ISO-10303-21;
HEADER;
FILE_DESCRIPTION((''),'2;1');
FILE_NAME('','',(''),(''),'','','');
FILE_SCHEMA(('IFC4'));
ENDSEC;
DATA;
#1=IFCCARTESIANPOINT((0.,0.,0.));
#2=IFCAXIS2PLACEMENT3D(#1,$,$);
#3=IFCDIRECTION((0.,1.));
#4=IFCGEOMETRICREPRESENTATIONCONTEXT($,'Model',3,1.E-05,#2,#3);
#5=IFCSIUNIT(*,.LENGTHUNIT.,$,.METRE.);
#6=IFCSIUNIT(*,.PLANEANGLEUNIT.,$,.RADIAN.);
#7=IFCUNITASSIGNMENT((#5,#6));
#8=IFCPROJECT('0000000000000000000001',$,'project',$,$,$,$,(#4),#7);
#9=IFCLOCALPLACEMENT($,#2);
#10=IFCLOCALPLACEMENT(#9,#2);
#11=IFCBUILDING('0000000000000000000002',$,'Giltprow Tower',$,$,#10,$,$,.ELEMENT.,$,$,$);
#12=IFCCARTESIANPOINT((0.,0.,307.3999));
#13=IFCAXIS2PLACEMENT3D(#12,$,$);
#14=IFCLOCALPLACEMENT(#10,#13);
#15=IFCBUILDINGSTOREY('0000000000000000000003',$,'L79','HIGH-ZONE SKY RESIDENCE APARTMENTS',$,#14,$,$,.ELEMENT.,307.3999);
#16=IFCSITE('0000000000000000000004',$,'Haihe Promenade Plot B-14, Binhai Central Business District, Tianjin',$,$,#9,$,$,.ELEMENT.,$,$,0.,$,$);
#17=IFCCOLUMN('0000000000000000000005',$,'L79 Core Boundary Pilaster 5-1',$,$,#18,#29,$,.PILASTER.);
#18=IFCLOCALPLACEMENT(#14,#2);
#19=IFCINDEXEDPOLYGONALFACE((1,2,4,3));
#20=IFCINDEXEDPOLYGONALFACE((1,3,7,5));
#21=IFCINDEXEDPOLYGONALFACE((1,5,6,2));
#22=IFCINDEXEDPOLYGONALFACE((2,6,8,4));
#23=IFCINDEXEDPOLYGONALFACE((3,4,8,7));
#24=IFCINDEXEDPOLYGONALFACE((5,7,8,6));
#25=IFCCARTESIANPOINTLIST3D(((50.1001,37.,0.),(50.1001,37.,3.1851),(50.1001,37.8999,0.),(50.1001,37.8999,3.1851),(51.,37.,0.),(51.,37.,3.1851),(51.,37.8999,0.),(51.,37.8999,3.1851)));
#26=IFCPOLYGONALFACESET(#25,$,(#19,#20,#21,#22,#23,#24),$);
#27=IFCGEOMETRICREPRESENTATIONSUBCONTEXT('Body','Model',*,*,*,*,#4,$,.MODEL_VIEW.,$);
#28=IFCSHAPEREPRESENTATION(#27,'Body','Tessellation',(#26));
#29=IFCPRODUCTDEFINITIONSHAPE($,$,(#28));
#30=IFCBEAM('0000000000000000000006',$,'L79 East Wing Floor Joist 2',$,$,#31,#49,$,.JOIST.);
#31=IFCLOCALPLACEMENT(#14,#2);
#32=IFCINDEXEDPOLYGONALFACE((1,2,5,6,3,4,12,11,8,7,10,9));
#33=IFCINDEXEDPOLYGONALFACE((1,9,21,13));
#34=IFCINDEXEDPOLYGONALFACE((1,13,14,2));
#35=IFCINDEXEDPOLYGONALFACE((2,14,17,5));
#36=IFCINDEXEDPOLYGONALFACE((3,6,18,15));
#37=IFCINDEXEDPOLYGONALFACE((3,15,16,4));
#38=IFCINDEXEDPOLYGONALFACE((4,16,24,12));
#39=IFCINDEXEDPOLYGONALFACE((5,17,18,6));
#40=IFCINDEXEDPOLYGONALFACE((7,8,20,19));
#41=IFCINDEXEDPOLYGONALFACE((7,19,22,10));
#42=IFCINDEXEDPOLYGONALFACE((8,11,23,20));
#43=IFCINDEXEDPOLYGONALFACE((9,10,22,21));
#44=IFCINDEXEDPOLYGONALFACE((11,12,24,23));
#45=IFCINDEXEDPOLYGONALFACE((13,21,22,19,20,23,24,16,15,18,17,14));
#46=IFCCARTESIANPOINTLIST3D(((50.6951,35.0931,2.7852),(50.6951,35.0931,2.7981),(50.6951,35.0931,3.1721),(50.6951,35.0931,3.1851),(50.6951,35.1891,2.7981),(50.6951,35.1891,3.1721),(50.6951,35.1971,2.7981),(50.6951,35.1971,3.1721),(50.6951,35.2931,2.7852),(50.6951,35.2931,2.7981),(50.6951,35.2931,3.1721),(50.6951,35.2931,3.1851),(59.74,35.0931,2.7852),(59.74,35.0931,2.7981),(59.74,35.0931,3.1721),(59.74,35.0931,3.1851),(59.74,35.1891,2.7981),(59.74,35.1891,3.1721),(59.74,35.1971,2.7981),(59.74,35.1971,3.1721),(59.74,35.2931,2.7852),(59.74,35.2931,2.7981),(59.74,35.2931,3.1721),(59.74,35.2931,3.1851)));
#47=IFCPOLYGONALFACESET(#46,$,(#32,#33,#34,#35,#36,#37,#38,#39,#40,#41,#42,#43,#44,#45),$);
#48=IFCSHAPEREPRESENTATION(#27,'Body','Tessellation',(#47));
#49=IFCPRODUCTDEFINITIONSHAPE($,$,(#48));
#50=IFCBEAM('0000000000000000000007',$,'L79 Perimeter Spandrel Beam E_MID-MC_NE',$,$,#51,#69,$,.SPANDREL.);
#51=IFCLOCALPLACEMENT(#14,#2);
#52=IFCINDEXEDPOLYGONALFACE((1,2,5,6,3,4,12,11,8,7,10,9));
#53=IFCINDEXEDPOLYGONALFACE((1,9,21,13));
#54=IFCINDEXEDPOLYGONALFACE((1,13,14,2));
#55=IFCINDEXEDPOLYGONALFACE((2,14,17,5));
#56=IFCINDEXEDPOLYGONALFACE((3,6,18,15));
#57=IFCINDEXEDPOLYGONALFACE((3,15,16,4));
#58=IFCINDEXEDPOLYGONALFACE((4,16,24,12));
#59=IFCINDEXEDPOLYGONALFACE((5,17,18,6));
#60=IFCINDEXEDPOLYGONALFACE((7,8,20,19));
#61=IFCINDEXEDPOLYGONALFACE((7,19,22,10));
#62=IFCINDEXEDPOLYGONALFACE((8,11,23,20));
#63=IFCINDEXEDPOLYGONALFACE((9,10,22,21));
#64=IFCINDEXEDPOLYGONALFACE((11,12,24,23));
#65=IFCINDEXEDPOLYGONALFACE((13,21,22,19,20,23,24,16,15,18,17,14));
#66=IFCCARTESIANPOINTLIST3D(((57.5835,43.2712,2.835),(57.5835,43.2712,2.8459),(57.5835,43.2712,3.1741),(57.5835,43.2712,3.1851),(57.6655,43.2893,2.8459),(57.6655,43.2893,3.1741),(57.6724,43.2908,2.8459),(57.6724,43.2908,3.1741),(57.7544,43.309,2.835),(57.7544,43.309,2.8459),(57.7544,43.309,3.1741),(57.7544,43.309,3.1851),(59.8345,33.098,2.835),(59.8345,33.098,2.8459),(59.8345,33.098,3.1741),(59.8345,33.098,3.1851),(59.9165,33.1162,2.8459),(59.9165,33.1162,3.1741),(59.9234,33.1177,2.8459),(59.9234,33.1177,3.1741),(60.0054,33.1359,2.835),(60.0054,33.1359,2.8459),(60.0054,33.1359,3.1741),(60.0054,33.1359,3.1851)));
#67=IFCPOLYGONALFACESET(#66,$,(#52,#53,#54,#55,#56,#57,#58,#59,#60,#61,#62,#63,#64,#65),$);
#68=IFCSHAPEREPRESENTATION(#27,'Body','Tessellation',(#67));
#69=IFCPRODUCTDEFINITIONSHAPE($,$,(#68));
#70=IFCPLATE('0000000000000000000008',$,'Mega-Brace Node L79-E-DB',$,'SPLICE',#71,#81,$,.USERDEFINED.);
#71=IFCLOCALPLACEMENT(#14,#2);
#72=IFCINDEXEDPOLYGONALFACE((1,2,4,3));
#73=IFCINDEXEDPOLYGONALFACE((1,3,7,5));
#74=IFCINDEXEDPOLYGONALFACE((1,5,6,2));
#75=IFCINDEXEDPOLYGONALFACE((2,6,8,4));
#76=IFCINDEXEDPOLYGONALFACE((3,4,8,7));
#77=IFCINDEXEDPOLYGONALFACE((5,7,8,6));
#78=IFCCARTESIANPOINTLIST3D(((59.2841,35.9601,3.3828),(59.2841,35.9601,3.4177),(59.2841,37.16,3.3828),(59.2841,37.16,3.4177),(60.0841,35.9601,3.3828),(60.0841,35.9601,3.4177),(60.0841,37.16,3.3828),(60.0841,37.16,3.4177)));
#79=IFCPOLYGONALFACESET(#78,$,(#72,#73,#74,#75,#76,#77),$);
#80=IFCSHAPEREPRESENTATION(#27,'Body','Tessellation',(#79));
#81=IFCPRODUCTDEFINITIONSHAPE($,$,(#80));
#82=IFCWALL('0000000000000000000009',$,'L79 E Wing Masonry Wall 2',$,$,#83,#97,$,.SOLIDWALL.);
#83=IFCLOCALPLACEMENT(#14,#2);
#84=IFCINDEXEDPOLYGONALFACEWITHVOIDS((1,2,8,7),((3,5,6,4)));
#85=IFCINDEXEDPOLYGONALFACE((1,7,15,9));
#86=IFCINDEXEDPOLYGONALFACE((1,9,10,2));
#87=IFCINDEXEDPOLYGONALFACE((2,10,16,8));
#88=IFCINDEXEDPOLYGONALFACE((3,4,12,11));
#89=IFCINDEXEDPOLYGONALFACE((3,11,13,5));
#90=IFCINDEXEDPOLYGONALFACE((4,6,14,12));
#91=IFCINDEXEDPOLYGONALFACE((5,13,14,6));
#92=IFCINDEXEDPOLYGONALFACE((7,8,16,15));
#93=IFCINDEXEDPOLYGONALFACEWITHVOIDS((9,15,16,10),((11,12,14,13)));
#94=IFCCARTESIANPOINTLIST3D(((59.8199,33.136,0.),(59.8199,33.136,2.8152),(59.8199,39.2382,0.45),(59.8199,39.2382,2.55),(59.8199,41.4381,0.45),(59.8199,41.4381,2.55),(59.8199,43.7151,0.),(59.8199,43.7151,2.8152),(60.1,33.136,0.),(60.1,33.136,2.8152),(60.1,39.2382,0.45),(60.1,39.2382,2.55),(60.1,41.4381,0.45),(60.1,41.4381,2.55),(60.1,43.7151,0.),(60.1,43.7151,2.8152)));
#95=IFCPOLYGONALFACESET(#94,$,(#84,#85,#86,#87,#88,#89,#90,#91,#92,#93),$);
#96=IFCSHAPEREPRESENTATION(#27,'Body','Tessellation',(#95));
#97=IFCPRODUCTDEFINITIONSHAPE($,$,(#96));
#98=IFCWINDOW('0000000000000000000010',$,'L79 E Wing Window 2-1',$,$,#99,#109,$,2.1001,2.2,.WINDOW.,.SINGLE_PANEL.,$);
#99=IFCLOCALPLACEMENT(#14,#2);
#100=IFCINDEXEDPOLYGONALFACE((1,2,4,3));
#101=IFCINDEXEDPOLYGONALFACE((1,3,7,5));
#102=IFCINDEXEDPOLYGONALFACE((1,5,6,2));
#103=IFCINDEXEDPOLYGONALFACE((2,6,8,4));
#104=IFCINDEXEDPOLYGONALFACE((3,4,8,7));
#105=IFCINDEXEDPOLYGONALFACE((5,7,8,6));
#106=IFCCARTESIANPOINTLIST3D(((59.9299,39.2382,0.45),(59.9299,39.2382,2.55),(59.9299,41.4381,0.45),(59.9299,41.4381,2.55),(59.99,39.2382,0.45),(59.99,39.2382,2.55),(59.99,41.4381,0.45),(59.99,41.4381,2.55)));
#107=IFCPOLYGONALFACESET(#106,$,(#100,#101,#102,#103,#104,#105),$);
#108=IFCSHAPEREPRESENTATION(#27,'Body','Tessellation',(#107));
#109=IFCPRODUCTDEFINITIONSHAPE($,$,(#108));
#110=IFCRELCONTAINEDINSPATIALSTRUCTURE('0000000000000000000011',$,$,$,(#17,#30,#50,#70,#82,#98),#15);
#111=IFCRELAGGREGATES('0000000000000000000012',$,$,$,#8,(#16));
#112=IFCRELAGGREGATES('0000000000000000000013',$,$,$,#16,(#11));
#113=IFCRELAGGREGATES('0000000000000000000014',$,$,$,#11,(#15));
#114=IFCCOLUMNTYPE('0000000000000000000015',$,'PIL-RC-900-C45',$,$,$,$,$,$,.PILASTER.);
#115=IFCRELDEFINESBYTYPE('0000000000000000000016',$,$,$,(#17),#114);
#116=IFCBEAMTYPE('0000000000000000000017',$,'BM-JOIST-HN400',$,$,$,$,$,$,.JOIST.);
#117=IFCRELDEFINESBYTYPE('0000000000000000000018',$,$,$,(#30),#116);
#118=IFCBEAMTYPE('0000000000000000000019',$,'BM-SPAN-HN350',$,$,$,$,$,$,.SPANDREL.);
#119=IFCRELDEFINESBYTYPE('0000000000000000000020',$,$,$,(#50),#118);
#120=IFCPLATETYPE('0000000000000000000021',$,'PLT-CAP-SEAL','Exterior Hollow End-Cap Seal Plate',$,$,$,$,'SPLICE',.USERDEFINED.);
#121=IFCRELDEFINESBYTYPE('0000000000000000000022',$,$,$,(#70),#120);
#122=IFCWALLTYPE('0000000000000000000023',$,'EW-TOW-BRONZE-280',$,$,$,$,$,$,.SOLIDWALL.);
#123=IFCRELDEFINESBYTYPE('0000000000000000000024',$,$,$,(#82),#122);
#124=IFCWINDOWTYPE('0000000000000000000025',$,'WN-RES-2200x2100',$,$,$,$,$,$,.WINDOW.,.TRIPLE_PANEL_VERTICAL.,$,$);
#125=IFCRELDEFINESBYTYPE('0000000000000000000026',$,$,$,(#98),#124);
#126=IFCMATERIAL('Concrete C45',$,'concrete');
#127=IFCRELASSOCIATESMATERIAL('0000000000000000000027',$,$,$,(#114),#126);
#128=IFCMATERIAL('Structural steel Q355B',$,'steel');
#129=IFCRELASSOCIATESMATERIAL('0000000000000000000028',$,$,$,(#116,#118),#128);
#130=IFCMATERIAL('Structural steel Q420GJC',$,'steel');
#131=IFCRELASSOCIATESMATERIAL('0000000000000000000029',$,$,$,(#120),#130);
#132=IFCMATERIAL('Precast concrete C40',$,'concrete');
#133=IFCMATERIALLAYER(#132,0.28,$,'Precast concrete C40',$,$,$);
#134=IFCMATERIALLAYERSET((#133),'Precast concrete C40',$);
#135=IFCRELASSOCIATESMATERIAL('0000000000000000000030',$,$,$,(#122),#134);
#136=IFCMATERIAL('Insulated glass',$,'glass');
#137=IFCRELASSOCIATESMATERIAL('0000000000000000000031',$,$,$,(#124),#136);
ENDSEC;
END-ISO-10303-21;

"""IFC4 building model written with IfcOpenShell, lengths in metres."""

from ifc_helpers import new_model, si_unit, direction, frame, frame_2d, origin, origin_2d, place, context, subcontext, project, spatial, rectangle, i_section, extrude, source, transform, mapped, material, layer, layer_set, material_profile, profile_set, type_object, element, fill, save


model = new_model("IFC4")

# Units and contexts
model_context = context("Model", 3, precision=1e-05, world=origin(), true_north=direction((0.0, 1.0)))
body_context = subcontext(model_context, "Body", "Model", "MODEL_VIEW")
ifc_project = project(units=[si_unit("LENGTHUNIT", "METRE"), si_unit("PLANEANGLEUNIT", "RADIAN")], contexts=[model_context])

# Site, building, storey
site_placement = place(None, origin())
site = spatial("IfcSite", under=ifc_project, at=site_placement, Name="Haihe Promenade Plot B-14, Binhai Central Business District, Tianjin", CompositionType="ELEMENT", RefElevation=0.0)
building_placement = place(site_placement, origin())
building = spatial("IfcBuilding", under=site, at=building_placement, Name="Giltprow Tower", CompositionType="ELEMENT")
storey_placement = place(building_placement, frame((0.0, 0.0, 307.3999)))
storey = spatial("IfcBuildingStorey", under=building, at=storey_placement, Name="L79", Description="HIGH-ZONE SKY RESIDENCE APARTMENTS", CompositionType="ELEMENT", Elevation=307.3999)

# Column
ifc_material_1 = material(Name="Concrete C45", Category="concrete")
ifc_material_profile_1 = material_profile(ifc_material_1, rectangle(XDim=0.8999, YDim=0.8999, at=origin_2d()), Name="RC 900x900")
ifc_profile_set_1 = profile_set([ifc_material_profile_1], Name="Concrete C45")
column_type = type_object("IfcColumnType", Name="PIL-RC-900-C45", PredefinedType="PILASTER", material=ifc_profile_set_1)
shared_shape_1 = source(origin(), body_context, "Body", "SweptSolid", [
    extrude(rectangle(XDim=0.8999, YDim=0.8999, at=origin_2d()), origin(), (0.0, 0.0, 1.0), 3.1851),
])
column_placement = place(storey_placement, frame((50.55, 37.45, 0.0), z_axis=(0.0, 0.0, 1.0), x_axis=(1.0, 0.0, 0.0)))
element("IfcColumn", 1, at=column_placement, inside=storey, type_object=column_type, Name="L79 Core Boundary Pilaster 5-1", PredefinedType="PILASTER", context=body_context, shape_type="MappedRepresentation", body=[
    mapped(shared_shape_1, transform((0.0, 0.0, 0.0), x_axis=(1.0, 0.0, 0.0), y_axis=(0.0, 1.0, 0.0), z_axis=(0.0, 0.0, 1.0), scale=1.0)),
])

# Beams
ifc_material_2 = material(Name="Structural steel Q355B", Category="steel")
ifc_material_profile_2 = material_profile(ifc_material_2, i_section(OverallWidth=0.2, OverallDepth=0.3999, WebThickness=0.0081, FlangeThickness=0.0129, at=origin_2d()), Name="HN 400x200x8x13")
ifc_profile_set_2 = profile_set([ifc_material_profile_2], Name="Structural steel Q355B")
beam_type_1 = type_object("IfcBeamType", Name="BM-JOIST-HN400", PredefinedType="JOIST", material=ifc_profile_set_2)
shared_shape_2 = source(origin(), body_context, "Body", "SweptSolid", [
    extrude(i_section(OverallWidth=0.2, OverallDepth=0.3999, WebThickness=0.0081, FlangeThickness=0.0129, at=origin_2d()), origin(), (0.0, 0.0, 1.0), 9.0449),
])
beam_1_placement = place(storey_placement, frame((50.6951, 35.1931, 2.9851), z_axis=(1.0, 0.0, 0.0), x_axis=(0.0, 1.0, 0.0)))
element("IfcBeam", 2, at=beam_1_placement, inside=storey, type_object=beam_type_1, Name="L79 East Wing Floor Joist 2", PredefinedType="JOIST", context=body_context, shape_type="MappedRepresentation", body=[
    mapped(shared_shape_2, transform((0.0, 0.0, 0.0), x_axis=(1.0, 0.0, 0.0), y_axis=(0.0, 1.0, 0.0), z_axis=(0.0, 0.0, 1.0), scale=1.0)),
])
ifc_material_profile_3 = material_profile(ifc_material_2, i_section(OverallWidth=0.175, OverallDepth=0.3501, WebThickness=0.0071, FlangeThickness=0.011, at=origin_2d()), Name="HN 350x175x7x11")
ifc_profile_set_3 = profile_set([ifc_material_profile_3], Name="Structural steel Q355B")
beam_type_2 = type_object("IfcBeamType", Name="BM-SPAN-HN350", PredefinedType="SPANDREL", material=ifc_profile_set_3)
shared_shape_3 = source(origin(), body_context, "Body", "SweptSolid", [
    extrude(i_section(OverallWidth=0.175, OverallDepth=0.3501, WebThickness=0.0071, FlangeThickness=0.011, at=origin_2d()), origin(), (0.0, 0.0, 1.0), 10.4192),
])
beam_2_placement = place(storey_placement, frame((59.9199, 33.1169, 3.01), z_axis=(-0.216042, 0.976384, 0.0), x_axis=(-0.976384, -0.216042, 0.0)))
element("IfcBeam", 3, at=beam_2_placement, inside=storey, type_object=beam_type_2, Name="L79 Perimeter Spandrel Beam E_MID-MC_NE", PredefinedType="SPANDREL", context=body_context, shape_type="MappedRepresentation", body=[
    mapped(shared_shape_3, transform((0.0, 0.0, 0.0), x_axis=(1.0, 0.0, 0.0), y_axis=(0.0, 1.0, 0.0), z_axis=(0.0, 0.0, 1.0), scale=1.0)),
])

# Plate
ifc_material_3 = material(Name="Structural steel Q420GJC", Category="steel")
plate_type = type_object("IfcPlateType", Name="PLT-CAP-SEAL", Description="Exterior Hollow End-Cap Seal Plate", ElementType="SPLICE", PredefinedType="USERDEFINED", material=ifc_material_3)
shared_shape_4 = source(origin(), body_context, "Body", "SweptSolid", [
    extrude(rectangle(XDim=1.2, YDim=0.8, at=origin_2d()), origin(), (0.0, 0.0, 1.0), 0.0349),
])
plate_placement = place(storey_placement, frame((59.6841, 36.5601, 3.3828), z_axis=(0.0, 0.0, 1.0), x_axis=(0.0, 1.0, 0.0)))
element("IfcPlate", 4, at=plate_placement, inside=storey, type_object=plate_type, Name="Mega-Brace Node L79-E-DB", ObjectType="SPLICE", PredefinedType="USERDEFINED", context=body_context, shape_type="MappedRepresentation", body=[
    mapped(shared_shape_4, transform((0.0, 0.0, 0.0), x_axis=(1.0, 0.0, 0.0), y_axis=(0.0, 1.0, 0.0), z_axis=(0.0, 0.0, 1.0), scale=1.0)),
])

# Wall, opening, window
ifc_material_4 = material(Name="Precast concrete C40", Category="concrete")
ifc_layer_1 = layer(ifc_material_4, 0.28, Name="Precast concrete C40")
ifc_layer_set_1 = layer_set([ifc_layer_1], Name="Precast concrete C40")
wall_type_1 = type_object("IfcWallType", Name="EW-TOW-BRONZE-280", PredefinedType="SOLIDWALL", material=ifc_layer_set_1)
wall_1_placement = place(storey_placement, frame((59.96, 33.136, 0.0), z_axis=(0.0, 0.0, 1.0), x_axis=(0.0, 1.0, 0.0)))
wall_1 = element("IfcWall", 5, at=wall_1_placement, inside=storey, type_object=wall_type_1, Name="L79 E Wing Masonry Wall 2", PredefinedType="SOLIDWALL", context=body_context, shape_type="SweptSolid", body=[
    extrude(rectangle(XDim=10.5791, YDim=0.28, at=frame_2d((5.2896, 0.0))), origin(), (0.0, 0.0, 1.0), 2.8152),
])
opening_1_placement = place(wall_1_placement, frame((6.1021, 0.0, 0.45)))
opening_1 = element("IfcOpeningElement", 6, at=opening_1_placement, cuts=wall_1, PredefinedType="OPENING", context=body_context, shape_type="SweptSolid", body=[
    extrude(rectangle(XDim=2.2, YDim=2.1001, at=frame_2d((1.1001, 1.05))), frame((0.0, 0.1499, 0.0), z_axis=(0.0, -1.0, 0.0), x_axis=(1.0, 0.0, 0.0)), (0.0, 0.0, 1.0), 0.3),
])
ifc_material_5 = material(Name="Insulated glass", Category="glass")
window_type = type_object("IfcWindowType", Name="WN-RES-2200x2100", PartitioningType="TRIPLE_PANEL_VERTICAL", PredefinedType="WINDOW", material=ifc_material_5)
shared_shape_5 = source(origin(), body_context, "Body", "SweptSolid", [
    extrude(rectangle(XDim=2.2, YDim=2.1001, at=frame_2d((1.1001, 1.05))), frame((0.0, 0.03, 0.0), z_axis=(0.0, -1.0, 0.0), x_axis=(1.0, 0.0, 0.0)), (0.0, 0.0, 1.0), 0.0601),
])
window_placement = place(opening_1_placement, origin())
window = element("IfcWindow", 7, at=window_placement, inside=storey, type_object=window_type, Name="L79 E Wing Window 2-1", OverallHeight=2.1001, OverallWidth=2.2, PartitioningType="SINGLE_PANEL", PredefinedType="WINDOW", context=body_context, shape_type="MappedRepresentation", body=[
    mapped(shared_shape_5, transform((0.0, 0.0, 0.0), x_axis=(1.0, 0.0, 0.0), y_axis=(0.0, 1.0, 0.0), z_axis=(0.0, 0.0, 1.0), scale=1.0)),
])
fill(opening_1, window)

save(model, "model.ifc")
